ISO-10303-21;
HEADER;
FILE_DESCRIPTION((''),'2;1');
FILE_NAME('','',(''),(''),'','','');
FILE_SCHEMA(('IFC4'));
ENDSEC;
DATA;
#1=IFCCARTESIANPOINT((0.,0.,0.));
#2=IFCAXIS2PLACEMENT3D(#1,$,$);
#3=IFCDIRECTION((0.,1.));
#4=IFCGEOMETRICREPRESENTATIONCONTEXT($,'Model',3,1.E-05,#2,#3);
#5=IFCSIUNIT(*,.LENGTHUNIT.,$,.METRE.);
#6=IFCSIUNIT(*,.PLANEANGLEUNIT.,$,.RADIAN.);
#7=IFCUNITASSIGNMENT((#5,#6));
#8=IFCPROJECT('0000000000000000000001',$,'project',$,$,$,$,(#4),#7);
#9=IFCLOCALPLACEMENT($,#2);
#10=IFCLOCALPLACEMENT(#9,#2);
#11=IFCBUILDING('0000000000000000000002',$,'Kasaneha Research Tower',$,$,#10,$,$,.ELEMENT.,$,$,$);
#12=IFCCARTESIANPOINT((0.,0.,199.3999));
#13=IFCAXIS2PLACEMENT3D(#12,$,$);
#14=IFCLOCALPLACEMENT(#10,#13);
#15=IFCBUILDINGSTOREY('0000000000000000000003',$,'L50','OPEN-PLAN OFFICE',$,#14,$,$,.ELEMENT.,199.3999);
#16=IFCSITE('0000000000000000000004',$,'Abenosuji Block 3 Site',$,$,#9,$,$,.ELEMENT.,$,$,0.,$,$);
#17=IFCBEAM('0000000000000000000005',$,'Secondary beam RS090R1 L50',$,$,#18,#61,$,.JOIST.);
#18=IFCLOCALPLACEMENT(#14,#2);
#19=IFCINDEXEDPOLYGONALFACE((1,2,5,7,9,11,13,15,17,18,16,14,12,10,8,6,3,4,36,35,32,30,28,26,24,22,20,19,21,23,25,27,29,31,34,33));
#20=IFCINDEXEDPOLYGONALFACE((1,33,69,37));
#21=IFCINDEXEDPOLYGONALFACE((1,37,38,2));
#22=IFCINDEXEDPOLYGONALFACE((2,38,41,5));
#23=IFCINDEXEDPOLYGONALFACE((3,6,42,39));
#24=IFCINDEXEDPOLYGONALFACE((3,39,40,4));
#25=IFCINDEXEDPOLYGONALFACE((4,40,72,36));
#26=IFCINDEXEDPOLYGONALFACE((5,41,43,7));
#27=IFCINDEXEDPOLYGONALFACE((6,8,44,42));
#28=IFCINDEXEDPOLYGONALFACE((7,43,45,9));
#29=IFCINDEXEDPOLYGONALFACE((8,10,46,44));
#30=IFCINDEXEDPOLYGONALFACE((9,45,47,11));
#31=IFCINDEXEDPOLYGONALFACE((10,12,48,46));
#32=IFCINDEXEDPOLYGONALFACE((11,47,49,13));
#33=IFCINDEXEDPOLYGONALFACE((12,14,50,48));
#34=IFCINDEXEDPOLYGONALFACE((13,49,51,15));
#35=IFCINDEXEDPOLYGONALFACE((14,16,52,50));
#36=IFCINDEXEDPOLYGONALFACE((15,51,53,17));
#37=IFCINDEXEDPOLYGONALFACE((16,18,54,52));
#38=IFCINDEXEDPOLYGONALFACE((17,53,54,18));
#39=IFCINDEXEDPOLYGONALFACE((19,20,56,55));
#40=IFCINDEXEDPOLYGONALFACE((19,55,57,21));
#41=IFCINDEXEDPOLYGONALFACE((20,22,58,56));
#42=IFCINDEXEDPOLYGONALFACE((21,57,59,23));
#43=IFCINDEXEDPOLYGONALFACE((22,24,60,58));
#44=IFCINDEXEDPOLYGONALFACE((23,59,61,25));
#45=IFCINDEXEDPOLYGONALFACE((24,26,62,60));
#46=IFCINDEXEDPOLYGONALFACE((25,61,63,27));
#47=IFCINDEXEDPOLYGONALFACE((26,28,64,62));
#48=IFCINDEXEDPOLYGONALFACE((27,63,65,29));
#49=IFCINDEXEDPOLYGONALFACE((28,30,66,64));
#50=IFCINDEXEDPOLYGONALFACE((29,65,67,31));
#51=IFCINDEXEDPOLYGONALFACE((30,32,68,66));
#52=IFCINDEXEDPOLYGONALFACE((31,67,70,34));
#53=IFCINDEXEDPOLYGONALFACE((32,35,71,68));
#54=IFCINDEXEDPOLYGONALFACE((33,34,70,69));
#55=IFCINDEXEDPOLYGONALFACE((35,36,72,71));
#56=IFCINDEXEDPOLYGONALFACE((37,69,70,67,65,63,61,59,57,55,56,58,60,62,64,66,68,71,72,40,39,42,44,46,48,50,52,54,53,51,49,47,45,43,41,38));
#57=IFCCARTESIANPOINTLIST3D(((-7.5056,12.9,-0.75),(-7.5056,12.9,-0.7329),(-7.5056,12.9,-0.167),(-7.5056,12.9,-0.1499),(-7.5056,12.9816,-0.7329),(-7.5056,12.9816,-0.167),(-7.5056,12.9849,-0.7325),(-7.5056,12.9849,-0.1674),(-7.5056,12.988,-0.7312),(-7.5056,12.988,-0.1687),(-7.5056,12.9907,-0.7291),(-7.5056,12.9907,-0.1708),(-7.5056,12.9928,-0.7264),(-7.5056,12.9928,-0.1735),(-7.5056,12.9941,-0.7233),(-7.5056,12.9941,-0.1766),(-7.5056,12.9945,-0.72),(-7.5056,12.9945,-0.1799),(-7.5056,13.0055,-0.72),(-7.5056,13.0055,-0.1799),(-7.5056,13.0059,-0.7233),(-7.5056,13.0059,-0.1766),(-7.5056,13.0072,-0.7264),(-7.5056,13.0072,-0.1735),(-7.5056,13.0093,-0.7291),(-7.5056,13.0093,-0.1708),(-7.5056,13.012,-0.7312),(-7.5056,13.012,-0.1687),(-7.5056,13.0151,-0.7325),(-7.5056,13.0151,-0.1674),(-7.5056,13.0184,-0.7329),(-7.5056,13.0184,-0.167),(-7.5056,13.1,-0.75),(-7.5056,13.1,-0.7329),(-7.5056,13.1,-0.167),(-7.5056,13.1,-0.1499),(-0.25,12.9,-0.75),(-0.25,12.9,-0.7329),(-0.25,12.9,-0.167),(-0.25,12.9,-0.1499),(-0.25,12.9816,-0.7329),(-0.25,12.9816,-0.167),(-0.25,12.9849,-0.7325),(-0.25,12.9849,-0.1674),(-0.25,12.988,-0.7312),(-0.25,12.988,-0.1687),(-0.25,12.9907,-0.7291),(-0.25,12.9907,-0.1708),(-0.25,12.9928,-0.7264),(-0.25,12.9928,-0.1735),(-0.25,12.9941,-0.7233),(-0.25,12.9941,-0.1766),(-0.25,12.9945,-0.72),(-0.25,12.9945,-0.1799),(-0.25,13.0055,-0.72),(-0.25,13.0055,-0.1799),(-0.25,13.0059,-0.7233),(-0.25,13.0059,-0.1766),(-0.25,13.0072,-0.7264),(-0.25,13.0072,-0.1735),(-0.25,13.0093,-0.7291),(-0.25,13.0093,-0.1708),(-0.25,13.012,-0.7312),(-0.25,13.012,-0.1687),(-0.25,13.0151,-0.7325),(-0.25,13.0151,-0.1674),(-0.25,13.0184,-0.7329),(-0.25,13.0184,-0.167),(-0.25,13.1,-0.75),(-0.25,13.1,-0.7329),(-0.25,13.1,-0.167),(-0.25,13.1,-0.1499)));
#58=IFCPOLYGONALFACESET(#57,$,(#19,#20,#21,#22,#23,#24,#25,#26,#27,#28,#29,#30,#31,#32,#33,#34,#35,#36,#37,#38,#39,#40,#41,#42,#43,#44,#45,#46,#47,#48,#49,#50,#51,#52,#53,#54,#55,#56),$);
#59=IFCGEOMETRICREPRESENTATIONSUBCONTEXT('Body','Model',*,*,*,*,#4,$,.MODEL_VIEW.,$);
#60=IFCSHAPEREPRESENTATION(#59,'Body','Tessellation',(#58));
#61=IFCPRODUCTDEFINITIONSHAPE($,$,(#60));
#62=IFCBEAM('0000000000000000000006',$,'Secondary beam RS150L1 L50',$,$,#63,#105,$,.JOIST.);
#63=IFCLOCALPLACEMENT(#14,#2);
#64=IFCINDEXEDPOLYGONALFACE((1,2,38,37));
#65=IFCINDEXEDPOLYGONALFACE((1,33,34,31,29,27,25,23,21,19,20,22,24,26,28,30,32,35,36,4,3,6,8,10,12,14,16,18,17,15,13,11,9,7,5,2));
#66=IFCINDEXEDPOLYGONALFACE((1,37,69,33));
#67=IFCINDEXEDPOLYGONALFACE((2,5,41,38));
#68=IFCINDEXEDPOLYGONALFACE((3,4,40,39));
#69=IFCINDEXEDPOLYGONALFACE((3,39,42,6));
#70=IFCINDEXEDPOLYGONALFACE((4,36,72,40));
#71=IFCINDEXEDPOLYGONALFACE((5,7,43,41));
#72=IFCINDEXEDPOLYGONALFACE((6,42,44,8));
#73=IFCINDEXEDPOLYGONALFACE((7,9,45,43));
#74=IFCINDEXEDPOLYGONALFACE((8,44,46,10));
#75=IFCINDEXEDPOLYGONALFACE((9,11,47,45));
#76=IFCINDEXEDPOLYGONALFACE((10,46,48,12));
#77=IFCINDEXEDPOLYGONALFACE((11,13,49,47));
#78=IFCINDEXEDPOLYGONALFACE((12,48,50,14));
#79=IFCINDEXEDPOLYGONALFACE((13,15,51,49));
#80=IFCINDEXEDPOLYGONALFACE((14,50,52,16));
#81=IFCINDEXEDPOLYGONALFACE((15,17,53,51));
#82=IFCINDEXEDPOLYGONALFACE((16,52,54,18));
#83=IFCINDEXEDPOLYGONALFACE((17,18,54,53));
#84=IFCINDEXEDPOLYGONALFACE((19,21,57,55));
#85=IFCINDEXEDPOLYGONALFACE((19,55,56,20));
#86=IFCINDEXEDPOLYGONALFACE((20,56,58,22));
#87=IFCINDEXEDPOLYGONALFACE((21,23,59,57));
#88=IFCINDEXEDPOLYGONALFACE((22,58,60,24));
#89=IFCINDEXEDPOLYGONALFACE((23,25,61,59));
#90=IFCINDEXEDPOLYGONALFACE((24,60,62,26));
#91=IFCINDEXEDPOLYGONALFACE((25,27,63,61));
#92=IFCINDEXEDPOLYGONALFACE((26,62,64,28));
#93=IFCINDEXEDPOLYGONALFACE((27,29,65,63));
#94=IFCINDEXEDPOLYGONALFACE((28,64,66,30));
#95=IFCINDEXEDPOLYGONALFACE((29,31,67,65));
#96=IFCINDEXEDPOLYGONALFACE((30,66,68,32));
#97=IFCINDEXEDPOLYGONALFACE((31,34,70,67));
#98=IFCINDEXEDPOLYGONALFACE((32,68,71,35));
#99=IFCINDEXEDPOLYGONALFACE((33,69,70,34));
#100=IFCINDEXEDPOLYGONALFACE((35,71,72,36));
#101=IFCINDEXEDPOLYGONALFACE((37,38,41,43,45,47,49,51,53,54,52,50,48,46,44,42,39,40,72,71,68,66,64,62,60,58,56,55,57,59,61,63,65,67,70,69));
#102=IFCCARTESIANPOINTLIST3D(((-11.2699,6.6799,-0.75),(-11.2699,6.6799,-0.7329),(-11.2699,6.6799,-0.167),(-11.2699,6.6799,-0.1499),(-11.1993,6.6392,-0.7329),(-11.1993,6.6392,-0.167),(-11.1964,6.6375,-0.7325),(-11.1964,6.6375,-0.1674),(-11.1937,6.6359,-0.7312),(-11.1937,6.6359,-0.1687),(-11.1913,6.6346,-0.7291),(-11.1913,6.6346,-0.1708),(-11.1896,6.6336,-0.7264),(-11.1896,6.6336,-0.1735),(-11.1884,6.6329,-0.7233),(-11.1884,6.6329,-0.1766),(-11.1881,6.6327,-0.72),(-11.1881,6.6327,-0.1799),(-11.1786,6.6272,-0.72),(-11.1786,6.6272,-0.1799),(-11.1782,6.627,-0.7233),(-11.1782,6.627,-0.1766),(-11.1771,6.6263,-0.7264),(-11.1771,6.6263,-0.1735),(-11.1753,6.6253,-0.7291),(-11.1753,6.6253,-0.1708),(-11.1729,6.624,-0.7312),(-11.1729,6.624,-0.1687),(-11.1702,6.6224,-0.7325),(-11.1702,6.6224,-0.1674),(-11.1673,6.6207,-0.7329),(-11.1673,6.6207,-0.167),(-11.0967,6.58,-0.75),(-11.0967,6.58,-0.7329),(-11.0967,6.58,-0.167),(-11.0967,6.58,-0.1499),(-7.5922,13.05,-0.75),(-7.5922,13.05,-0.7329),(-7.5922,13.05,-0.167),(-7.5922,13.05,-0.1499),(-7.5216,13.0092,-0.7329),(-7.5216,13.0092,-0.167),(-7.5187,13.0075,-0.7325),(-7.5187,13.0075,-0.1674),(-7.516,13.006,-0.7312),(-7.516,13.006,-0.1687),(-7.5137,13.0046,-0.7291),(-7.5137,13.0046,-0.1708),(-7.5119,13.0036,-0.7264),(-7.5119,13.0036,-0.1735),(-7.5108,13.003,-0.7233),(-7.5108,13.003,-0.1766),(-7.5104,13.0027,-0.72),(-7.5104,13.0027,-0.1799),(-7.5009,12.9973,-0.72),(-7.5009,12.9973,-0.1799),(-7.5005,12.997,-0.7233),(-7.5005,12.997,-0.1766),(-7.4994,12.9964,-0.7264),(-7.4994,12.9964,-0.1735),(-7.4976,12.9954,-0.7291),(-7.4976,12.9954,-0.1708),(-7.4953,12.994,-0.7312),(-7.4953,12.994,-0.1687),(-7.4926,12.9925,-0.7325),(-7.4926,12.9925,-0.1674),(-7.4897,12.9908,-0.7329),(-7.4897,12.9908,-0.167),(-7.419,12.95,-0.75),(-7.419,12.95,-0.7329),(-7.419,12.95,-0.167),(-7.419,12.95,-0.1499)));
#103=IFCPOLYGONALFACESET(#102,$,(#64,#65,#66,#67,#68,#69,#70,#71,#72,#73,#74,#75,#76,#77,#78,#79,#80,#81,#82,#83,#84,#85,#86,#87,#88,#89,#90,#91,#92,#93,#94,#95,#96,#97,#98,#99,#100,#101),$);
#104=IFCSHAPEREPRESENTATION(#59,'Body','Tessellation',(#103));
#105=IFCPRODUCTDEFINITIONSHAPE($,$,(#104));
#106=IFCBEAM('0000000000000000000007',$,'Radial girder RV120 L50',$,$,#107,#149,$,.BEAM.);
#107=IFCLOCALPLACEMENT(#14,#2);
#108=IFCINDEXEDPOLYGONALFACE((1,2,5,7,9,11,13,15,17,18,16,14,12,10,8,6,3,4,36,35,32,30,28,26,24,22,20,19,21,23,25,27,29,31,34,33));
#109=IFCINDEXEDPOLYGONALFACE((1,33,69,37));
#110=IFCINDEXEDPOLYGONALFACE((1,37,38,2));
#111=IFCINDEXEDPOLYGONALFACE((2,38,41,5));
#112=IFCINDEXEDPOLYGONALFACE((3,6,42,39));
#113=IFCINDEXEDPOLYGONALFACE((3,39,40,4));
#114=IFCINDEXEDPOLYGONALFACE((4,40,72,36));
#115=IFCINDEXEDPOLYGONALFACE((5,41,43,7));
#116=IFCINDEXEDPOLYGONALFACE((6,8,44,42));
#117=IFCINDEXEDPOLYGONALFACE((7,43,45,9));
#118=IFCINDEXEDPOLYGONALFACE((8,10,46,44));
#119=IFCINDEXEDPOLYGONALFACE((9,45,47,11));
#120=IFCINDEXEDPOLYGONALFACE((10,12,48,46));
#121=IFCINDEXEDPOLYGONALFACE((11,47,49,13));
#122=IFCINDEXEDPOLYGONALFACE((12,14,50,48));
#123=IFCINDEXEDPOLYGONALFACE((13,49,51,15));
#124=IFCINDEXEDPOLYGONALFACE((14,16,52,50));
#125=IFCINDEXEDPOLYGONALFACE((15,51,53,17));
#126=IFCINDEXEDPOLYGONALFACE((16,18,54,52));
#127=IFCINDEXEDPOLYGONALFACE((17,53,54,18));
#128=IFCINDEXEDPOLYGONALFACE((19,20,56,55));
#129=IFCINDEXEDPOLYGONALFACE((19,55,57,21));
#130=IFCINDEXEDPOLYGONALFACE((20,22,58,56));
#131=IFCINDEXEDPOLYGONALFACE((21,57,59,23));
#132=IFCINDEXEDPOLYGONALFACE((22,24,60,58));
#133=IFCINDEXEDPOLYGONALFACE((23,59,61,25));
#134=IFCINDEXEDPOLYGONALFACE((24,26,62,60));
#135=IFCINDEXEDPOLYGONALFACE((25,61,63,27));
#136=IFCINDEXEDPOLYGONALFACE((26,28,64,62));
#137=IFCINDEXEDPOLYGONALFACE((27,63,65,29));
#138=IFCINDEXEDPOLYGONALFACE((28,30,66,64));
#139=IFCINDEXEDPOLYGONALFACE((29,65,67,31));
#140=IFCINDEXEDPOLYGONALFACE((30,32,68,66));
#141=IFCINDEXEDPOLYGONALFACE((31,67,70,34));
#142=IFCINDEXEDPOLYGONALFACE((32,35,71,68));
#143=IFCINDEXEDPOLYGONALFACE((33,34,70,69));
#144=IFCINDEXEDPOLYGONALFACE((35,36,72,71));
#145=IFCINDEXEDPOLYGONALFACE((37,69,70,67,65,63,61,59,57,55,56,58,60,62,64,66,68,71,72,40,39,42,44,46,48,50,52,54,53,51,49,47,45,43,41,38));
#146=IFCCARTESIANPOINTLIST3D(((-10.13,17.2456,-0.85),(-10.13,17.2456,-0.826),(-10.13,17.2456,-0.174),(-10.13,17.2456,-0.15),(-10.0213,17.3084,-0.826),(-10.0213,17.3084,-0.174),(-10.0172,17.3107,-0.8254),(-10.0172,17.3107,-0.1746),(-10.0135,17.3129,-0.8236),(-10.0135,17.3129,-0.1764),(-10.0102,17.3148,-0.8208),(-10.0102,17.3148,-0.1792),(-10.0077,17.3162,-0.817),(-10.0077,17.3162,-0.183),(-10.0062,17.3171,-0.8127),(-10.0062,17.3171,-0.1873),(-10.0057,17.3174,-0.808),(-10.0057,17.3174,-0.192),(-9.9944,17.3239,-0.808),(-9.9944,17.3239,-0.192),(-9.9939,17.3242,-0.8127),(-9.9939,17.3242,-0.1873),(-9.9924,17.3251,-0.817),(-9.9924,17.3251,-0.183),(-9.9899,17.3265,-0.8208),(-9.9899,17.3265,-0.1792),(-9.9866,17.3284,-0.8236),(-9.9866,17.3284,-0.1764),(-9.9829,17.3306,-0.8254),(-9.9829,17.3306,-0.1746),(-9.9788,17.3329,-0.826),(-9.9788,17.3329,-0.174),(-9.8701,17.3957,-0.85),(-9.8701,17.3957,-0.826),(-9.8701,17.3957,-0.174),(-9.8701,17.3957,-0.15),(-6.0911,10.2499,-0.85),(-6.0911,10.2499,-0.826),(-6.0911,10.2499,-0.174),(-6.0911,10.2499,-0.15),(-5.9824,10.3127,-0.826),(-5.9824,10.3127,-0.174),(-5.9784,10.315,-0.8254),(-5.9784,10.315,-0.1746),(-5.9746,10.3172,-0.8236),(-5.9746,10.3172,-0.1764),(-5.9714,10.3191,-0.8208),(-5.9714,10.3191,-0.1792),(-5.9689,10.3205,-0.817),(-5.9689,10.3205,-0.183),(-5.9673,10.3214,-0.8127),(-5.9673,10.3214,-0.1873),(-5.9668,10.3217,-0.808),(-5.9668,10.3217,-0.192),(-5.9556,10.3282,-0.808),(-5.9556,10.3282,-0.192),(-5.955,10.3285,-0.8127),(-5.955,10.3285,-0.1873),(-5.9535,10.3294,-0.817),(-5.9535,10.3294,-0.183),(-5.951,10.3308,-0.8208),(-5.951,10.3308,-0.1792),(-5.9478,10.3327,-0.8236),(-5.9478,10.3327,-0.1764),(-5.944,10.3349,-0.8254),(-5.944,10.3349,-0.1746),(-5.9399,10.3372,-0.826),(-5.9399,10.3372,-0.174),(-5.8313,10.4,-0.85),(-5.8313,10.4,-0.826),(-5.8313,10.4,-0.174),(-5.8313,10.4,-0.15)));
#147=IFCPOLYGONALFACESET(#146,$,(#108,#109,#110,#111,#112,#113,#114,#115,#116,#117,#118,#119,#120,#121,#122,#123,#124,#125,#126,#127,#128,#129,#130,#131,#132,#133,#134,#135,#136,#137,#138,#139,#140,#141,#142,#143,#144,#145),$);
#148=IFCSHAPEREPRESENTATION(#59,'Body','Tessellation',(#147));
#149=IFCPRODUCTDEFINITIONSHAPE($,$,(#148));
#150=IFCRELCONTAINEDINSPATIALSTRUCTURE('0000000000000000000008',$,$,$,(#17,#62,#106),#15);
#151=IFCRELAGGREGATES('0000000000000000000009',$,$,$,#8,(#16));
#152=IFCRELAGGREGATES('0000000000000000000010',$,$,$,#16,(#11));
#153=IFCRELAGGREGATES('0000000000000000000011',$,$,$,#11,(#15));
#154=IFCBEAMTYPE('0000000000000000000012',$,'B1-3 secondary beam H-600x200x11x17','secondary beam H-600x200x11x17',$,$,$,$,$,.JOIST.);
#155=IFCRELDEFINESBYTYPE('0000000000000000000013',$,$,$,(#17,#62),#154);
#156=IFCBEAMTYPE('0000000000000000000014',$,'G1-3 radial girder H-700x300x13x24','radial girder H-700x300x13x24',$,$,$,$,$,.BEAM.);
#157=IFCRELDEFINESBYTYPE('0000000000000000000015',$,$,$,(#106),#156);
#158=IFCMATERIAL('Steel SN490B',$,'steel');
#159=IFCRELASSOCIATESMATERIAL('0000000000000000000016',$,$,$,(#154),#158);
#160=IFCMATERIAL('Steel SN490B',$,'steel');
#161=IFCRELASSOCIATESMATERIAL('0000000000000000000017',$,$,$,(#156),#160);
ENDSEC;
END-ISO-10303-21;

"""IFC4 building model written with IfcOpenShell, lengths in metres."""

from ifc_helpers import new_model, si_unit, direction, frame, origin, origin_2d, place, context, subcontext, project, spatial, i_section, extrude, material, material_profile, profile_set, type_object, element, save


model = new_model("IFC4")

# Units and contexts
model_context = context("Model", 3, precision=1e-05, world=origin(), true_north=direction((0.0, 1.0)))
body_context = subcontext(model_context, "Body", "Model", "MODEL_VIEW")
ifc_project = project(units=[si_unit("LENGTHUNIT", "METRE"), si_unit("PLANEANGLEUNIT", "RADIAN")], contexts=[model_context])

# Site, building, storey
site_placement = place(None, origin())
site = spatial("IfcSite", under=ifc_project, at=site_placement, Name="Abenosuji Block 3 Site", CompositionType="ELEMENT", RefElevation=0.0)
building_placement = place(site_placement, origin())
building = spatial("IfcBuilding", under=site, at=building_placement, Name="Kasaneha Research Tower", CompositionType="ELEMENT")
storey_placement = place(building_placement, frame((0.0, 0.0, 199.3999)))
storey = spatial("IfcBuildingStorey", under=building, at=storey_placement, Name="L50", Description="OPEN-PLAN OFFICE", CompositionType="ELEMENT", Elevation=199.3999)

# Beams
ifc_material_1 = material(Name="Steel SN490B", Category="steel")
ifc_material_profile_1 = material_profile(ifc_material_1, i_section(OverallWidth=0.2, OverallDepth=0.6001, WebThickness=0.011, FlangeThickness=0.0171, FilletRadius=0.0129, at=origin_2d()), Name="H-600x200x11x17")
ifc_profile_set_1 = profile_set([ifc_material_profile_1], Name="Steel SN490B")
beam_type_1 = type_object("IfcBeamType", Name="B1-3 secondary beam H-600x200x11x17", Description="secondary beam H-600x200x11x17", PredefinedType="JOIST", material=ifc_profile_set_1)
beam_1_placement = place(storey_placement, frame((-7.5056, 13.0, -0.45), z_axis=(1.0, 0.0, 0.0), x_axis=(0.0, 1.0, 0.0)))
element("IfcBeam", 1, at=beam_1_placement, inside=storey, type_object=beam_type_1, Name="Secondary beam RS090R1 L50", PredefinedType="JOIST", context=body_context, shape_type="SweptSolid", body=[
    extrude(i_section(OverallWidth=0.2, OverallDepth=0.6001, WebThickness=0.011, FlangeThickness=0.0171, FilletRadius=0.0129, at=origin_2d()), origin(), (0.0, 0.0, 1.0), 7.2556),
])
beam_2_placement = place(storey_placement, frame((-7.5056, 13.0, -0.45), z_axis=(-0.499994, -0.866029, 0.0), x_axis=(0.866029, -0.499994, 0.0)))
element("IfcBeam", 2, at=beam_2_placement, inside=storey, type_object=beam_type_1, Name="Secondary beam RS150L1 L50", PredefinedType="JOIST", context=body_context, shape_type="SweptSolid", body=[
    extrude(i_section(OverallWidth=0.2, OverallDepth=0.6001, WebThickness=0.011, FlangeThickness=0.0171, FilletRadius=0.0129, at=origin_2d()), origin(), (0.0, 0.0, 1.0), 7.3555),
])
ifc_material_2 = material(Name="Steel SN490B", Category="steel")
ifc_material_profile_2 = material_profile(ifc_material_2, i_section(OverallWidth=0.3, OverallDepth=0.7, WebThickness=0.0129, FlangeThickness=0.0239, FilletRadius=0.0181, at=origin_2d()), Name="H-700x300x13x24")
ifc_profile_set_2 = profile_set([ifc_material_profile_2], Name="Steel SN490B")
beam_type_2 = type_object("IfcBeamType", Name="G1-3 radial girder H-700x300x13x24", Description="radial girder H-700x300x13x24", PredefinedType="BEAM", material=ifc_profile_set_2)
beam_3_placement = place(storey_placement, frame((-5.9612, 10.325, -0.5), z_axis=(-0.499991, 0.866031, 0.0), x_axis=(-0.866031, -0.499991, 0.0)))
element("IfcBeam", 3, at=beam_3_placement, inside=storey, type_object=beam_type_2, Name="Radial girder RV120 L50", PredefinedType="BEAM", context=body_context, shape_type="SweptSolid", body=[
    extrude(i_section(OverallWidth=0.3, OverallDepth=0.7, WebThickness=0.0129, FlangeThickness=0.0239, FilletRadius=0.0181, at=origin_2d()), origin(), (0.0, 0.0, 1.0), 8.0779),
])

save(model, "model.ifc")
